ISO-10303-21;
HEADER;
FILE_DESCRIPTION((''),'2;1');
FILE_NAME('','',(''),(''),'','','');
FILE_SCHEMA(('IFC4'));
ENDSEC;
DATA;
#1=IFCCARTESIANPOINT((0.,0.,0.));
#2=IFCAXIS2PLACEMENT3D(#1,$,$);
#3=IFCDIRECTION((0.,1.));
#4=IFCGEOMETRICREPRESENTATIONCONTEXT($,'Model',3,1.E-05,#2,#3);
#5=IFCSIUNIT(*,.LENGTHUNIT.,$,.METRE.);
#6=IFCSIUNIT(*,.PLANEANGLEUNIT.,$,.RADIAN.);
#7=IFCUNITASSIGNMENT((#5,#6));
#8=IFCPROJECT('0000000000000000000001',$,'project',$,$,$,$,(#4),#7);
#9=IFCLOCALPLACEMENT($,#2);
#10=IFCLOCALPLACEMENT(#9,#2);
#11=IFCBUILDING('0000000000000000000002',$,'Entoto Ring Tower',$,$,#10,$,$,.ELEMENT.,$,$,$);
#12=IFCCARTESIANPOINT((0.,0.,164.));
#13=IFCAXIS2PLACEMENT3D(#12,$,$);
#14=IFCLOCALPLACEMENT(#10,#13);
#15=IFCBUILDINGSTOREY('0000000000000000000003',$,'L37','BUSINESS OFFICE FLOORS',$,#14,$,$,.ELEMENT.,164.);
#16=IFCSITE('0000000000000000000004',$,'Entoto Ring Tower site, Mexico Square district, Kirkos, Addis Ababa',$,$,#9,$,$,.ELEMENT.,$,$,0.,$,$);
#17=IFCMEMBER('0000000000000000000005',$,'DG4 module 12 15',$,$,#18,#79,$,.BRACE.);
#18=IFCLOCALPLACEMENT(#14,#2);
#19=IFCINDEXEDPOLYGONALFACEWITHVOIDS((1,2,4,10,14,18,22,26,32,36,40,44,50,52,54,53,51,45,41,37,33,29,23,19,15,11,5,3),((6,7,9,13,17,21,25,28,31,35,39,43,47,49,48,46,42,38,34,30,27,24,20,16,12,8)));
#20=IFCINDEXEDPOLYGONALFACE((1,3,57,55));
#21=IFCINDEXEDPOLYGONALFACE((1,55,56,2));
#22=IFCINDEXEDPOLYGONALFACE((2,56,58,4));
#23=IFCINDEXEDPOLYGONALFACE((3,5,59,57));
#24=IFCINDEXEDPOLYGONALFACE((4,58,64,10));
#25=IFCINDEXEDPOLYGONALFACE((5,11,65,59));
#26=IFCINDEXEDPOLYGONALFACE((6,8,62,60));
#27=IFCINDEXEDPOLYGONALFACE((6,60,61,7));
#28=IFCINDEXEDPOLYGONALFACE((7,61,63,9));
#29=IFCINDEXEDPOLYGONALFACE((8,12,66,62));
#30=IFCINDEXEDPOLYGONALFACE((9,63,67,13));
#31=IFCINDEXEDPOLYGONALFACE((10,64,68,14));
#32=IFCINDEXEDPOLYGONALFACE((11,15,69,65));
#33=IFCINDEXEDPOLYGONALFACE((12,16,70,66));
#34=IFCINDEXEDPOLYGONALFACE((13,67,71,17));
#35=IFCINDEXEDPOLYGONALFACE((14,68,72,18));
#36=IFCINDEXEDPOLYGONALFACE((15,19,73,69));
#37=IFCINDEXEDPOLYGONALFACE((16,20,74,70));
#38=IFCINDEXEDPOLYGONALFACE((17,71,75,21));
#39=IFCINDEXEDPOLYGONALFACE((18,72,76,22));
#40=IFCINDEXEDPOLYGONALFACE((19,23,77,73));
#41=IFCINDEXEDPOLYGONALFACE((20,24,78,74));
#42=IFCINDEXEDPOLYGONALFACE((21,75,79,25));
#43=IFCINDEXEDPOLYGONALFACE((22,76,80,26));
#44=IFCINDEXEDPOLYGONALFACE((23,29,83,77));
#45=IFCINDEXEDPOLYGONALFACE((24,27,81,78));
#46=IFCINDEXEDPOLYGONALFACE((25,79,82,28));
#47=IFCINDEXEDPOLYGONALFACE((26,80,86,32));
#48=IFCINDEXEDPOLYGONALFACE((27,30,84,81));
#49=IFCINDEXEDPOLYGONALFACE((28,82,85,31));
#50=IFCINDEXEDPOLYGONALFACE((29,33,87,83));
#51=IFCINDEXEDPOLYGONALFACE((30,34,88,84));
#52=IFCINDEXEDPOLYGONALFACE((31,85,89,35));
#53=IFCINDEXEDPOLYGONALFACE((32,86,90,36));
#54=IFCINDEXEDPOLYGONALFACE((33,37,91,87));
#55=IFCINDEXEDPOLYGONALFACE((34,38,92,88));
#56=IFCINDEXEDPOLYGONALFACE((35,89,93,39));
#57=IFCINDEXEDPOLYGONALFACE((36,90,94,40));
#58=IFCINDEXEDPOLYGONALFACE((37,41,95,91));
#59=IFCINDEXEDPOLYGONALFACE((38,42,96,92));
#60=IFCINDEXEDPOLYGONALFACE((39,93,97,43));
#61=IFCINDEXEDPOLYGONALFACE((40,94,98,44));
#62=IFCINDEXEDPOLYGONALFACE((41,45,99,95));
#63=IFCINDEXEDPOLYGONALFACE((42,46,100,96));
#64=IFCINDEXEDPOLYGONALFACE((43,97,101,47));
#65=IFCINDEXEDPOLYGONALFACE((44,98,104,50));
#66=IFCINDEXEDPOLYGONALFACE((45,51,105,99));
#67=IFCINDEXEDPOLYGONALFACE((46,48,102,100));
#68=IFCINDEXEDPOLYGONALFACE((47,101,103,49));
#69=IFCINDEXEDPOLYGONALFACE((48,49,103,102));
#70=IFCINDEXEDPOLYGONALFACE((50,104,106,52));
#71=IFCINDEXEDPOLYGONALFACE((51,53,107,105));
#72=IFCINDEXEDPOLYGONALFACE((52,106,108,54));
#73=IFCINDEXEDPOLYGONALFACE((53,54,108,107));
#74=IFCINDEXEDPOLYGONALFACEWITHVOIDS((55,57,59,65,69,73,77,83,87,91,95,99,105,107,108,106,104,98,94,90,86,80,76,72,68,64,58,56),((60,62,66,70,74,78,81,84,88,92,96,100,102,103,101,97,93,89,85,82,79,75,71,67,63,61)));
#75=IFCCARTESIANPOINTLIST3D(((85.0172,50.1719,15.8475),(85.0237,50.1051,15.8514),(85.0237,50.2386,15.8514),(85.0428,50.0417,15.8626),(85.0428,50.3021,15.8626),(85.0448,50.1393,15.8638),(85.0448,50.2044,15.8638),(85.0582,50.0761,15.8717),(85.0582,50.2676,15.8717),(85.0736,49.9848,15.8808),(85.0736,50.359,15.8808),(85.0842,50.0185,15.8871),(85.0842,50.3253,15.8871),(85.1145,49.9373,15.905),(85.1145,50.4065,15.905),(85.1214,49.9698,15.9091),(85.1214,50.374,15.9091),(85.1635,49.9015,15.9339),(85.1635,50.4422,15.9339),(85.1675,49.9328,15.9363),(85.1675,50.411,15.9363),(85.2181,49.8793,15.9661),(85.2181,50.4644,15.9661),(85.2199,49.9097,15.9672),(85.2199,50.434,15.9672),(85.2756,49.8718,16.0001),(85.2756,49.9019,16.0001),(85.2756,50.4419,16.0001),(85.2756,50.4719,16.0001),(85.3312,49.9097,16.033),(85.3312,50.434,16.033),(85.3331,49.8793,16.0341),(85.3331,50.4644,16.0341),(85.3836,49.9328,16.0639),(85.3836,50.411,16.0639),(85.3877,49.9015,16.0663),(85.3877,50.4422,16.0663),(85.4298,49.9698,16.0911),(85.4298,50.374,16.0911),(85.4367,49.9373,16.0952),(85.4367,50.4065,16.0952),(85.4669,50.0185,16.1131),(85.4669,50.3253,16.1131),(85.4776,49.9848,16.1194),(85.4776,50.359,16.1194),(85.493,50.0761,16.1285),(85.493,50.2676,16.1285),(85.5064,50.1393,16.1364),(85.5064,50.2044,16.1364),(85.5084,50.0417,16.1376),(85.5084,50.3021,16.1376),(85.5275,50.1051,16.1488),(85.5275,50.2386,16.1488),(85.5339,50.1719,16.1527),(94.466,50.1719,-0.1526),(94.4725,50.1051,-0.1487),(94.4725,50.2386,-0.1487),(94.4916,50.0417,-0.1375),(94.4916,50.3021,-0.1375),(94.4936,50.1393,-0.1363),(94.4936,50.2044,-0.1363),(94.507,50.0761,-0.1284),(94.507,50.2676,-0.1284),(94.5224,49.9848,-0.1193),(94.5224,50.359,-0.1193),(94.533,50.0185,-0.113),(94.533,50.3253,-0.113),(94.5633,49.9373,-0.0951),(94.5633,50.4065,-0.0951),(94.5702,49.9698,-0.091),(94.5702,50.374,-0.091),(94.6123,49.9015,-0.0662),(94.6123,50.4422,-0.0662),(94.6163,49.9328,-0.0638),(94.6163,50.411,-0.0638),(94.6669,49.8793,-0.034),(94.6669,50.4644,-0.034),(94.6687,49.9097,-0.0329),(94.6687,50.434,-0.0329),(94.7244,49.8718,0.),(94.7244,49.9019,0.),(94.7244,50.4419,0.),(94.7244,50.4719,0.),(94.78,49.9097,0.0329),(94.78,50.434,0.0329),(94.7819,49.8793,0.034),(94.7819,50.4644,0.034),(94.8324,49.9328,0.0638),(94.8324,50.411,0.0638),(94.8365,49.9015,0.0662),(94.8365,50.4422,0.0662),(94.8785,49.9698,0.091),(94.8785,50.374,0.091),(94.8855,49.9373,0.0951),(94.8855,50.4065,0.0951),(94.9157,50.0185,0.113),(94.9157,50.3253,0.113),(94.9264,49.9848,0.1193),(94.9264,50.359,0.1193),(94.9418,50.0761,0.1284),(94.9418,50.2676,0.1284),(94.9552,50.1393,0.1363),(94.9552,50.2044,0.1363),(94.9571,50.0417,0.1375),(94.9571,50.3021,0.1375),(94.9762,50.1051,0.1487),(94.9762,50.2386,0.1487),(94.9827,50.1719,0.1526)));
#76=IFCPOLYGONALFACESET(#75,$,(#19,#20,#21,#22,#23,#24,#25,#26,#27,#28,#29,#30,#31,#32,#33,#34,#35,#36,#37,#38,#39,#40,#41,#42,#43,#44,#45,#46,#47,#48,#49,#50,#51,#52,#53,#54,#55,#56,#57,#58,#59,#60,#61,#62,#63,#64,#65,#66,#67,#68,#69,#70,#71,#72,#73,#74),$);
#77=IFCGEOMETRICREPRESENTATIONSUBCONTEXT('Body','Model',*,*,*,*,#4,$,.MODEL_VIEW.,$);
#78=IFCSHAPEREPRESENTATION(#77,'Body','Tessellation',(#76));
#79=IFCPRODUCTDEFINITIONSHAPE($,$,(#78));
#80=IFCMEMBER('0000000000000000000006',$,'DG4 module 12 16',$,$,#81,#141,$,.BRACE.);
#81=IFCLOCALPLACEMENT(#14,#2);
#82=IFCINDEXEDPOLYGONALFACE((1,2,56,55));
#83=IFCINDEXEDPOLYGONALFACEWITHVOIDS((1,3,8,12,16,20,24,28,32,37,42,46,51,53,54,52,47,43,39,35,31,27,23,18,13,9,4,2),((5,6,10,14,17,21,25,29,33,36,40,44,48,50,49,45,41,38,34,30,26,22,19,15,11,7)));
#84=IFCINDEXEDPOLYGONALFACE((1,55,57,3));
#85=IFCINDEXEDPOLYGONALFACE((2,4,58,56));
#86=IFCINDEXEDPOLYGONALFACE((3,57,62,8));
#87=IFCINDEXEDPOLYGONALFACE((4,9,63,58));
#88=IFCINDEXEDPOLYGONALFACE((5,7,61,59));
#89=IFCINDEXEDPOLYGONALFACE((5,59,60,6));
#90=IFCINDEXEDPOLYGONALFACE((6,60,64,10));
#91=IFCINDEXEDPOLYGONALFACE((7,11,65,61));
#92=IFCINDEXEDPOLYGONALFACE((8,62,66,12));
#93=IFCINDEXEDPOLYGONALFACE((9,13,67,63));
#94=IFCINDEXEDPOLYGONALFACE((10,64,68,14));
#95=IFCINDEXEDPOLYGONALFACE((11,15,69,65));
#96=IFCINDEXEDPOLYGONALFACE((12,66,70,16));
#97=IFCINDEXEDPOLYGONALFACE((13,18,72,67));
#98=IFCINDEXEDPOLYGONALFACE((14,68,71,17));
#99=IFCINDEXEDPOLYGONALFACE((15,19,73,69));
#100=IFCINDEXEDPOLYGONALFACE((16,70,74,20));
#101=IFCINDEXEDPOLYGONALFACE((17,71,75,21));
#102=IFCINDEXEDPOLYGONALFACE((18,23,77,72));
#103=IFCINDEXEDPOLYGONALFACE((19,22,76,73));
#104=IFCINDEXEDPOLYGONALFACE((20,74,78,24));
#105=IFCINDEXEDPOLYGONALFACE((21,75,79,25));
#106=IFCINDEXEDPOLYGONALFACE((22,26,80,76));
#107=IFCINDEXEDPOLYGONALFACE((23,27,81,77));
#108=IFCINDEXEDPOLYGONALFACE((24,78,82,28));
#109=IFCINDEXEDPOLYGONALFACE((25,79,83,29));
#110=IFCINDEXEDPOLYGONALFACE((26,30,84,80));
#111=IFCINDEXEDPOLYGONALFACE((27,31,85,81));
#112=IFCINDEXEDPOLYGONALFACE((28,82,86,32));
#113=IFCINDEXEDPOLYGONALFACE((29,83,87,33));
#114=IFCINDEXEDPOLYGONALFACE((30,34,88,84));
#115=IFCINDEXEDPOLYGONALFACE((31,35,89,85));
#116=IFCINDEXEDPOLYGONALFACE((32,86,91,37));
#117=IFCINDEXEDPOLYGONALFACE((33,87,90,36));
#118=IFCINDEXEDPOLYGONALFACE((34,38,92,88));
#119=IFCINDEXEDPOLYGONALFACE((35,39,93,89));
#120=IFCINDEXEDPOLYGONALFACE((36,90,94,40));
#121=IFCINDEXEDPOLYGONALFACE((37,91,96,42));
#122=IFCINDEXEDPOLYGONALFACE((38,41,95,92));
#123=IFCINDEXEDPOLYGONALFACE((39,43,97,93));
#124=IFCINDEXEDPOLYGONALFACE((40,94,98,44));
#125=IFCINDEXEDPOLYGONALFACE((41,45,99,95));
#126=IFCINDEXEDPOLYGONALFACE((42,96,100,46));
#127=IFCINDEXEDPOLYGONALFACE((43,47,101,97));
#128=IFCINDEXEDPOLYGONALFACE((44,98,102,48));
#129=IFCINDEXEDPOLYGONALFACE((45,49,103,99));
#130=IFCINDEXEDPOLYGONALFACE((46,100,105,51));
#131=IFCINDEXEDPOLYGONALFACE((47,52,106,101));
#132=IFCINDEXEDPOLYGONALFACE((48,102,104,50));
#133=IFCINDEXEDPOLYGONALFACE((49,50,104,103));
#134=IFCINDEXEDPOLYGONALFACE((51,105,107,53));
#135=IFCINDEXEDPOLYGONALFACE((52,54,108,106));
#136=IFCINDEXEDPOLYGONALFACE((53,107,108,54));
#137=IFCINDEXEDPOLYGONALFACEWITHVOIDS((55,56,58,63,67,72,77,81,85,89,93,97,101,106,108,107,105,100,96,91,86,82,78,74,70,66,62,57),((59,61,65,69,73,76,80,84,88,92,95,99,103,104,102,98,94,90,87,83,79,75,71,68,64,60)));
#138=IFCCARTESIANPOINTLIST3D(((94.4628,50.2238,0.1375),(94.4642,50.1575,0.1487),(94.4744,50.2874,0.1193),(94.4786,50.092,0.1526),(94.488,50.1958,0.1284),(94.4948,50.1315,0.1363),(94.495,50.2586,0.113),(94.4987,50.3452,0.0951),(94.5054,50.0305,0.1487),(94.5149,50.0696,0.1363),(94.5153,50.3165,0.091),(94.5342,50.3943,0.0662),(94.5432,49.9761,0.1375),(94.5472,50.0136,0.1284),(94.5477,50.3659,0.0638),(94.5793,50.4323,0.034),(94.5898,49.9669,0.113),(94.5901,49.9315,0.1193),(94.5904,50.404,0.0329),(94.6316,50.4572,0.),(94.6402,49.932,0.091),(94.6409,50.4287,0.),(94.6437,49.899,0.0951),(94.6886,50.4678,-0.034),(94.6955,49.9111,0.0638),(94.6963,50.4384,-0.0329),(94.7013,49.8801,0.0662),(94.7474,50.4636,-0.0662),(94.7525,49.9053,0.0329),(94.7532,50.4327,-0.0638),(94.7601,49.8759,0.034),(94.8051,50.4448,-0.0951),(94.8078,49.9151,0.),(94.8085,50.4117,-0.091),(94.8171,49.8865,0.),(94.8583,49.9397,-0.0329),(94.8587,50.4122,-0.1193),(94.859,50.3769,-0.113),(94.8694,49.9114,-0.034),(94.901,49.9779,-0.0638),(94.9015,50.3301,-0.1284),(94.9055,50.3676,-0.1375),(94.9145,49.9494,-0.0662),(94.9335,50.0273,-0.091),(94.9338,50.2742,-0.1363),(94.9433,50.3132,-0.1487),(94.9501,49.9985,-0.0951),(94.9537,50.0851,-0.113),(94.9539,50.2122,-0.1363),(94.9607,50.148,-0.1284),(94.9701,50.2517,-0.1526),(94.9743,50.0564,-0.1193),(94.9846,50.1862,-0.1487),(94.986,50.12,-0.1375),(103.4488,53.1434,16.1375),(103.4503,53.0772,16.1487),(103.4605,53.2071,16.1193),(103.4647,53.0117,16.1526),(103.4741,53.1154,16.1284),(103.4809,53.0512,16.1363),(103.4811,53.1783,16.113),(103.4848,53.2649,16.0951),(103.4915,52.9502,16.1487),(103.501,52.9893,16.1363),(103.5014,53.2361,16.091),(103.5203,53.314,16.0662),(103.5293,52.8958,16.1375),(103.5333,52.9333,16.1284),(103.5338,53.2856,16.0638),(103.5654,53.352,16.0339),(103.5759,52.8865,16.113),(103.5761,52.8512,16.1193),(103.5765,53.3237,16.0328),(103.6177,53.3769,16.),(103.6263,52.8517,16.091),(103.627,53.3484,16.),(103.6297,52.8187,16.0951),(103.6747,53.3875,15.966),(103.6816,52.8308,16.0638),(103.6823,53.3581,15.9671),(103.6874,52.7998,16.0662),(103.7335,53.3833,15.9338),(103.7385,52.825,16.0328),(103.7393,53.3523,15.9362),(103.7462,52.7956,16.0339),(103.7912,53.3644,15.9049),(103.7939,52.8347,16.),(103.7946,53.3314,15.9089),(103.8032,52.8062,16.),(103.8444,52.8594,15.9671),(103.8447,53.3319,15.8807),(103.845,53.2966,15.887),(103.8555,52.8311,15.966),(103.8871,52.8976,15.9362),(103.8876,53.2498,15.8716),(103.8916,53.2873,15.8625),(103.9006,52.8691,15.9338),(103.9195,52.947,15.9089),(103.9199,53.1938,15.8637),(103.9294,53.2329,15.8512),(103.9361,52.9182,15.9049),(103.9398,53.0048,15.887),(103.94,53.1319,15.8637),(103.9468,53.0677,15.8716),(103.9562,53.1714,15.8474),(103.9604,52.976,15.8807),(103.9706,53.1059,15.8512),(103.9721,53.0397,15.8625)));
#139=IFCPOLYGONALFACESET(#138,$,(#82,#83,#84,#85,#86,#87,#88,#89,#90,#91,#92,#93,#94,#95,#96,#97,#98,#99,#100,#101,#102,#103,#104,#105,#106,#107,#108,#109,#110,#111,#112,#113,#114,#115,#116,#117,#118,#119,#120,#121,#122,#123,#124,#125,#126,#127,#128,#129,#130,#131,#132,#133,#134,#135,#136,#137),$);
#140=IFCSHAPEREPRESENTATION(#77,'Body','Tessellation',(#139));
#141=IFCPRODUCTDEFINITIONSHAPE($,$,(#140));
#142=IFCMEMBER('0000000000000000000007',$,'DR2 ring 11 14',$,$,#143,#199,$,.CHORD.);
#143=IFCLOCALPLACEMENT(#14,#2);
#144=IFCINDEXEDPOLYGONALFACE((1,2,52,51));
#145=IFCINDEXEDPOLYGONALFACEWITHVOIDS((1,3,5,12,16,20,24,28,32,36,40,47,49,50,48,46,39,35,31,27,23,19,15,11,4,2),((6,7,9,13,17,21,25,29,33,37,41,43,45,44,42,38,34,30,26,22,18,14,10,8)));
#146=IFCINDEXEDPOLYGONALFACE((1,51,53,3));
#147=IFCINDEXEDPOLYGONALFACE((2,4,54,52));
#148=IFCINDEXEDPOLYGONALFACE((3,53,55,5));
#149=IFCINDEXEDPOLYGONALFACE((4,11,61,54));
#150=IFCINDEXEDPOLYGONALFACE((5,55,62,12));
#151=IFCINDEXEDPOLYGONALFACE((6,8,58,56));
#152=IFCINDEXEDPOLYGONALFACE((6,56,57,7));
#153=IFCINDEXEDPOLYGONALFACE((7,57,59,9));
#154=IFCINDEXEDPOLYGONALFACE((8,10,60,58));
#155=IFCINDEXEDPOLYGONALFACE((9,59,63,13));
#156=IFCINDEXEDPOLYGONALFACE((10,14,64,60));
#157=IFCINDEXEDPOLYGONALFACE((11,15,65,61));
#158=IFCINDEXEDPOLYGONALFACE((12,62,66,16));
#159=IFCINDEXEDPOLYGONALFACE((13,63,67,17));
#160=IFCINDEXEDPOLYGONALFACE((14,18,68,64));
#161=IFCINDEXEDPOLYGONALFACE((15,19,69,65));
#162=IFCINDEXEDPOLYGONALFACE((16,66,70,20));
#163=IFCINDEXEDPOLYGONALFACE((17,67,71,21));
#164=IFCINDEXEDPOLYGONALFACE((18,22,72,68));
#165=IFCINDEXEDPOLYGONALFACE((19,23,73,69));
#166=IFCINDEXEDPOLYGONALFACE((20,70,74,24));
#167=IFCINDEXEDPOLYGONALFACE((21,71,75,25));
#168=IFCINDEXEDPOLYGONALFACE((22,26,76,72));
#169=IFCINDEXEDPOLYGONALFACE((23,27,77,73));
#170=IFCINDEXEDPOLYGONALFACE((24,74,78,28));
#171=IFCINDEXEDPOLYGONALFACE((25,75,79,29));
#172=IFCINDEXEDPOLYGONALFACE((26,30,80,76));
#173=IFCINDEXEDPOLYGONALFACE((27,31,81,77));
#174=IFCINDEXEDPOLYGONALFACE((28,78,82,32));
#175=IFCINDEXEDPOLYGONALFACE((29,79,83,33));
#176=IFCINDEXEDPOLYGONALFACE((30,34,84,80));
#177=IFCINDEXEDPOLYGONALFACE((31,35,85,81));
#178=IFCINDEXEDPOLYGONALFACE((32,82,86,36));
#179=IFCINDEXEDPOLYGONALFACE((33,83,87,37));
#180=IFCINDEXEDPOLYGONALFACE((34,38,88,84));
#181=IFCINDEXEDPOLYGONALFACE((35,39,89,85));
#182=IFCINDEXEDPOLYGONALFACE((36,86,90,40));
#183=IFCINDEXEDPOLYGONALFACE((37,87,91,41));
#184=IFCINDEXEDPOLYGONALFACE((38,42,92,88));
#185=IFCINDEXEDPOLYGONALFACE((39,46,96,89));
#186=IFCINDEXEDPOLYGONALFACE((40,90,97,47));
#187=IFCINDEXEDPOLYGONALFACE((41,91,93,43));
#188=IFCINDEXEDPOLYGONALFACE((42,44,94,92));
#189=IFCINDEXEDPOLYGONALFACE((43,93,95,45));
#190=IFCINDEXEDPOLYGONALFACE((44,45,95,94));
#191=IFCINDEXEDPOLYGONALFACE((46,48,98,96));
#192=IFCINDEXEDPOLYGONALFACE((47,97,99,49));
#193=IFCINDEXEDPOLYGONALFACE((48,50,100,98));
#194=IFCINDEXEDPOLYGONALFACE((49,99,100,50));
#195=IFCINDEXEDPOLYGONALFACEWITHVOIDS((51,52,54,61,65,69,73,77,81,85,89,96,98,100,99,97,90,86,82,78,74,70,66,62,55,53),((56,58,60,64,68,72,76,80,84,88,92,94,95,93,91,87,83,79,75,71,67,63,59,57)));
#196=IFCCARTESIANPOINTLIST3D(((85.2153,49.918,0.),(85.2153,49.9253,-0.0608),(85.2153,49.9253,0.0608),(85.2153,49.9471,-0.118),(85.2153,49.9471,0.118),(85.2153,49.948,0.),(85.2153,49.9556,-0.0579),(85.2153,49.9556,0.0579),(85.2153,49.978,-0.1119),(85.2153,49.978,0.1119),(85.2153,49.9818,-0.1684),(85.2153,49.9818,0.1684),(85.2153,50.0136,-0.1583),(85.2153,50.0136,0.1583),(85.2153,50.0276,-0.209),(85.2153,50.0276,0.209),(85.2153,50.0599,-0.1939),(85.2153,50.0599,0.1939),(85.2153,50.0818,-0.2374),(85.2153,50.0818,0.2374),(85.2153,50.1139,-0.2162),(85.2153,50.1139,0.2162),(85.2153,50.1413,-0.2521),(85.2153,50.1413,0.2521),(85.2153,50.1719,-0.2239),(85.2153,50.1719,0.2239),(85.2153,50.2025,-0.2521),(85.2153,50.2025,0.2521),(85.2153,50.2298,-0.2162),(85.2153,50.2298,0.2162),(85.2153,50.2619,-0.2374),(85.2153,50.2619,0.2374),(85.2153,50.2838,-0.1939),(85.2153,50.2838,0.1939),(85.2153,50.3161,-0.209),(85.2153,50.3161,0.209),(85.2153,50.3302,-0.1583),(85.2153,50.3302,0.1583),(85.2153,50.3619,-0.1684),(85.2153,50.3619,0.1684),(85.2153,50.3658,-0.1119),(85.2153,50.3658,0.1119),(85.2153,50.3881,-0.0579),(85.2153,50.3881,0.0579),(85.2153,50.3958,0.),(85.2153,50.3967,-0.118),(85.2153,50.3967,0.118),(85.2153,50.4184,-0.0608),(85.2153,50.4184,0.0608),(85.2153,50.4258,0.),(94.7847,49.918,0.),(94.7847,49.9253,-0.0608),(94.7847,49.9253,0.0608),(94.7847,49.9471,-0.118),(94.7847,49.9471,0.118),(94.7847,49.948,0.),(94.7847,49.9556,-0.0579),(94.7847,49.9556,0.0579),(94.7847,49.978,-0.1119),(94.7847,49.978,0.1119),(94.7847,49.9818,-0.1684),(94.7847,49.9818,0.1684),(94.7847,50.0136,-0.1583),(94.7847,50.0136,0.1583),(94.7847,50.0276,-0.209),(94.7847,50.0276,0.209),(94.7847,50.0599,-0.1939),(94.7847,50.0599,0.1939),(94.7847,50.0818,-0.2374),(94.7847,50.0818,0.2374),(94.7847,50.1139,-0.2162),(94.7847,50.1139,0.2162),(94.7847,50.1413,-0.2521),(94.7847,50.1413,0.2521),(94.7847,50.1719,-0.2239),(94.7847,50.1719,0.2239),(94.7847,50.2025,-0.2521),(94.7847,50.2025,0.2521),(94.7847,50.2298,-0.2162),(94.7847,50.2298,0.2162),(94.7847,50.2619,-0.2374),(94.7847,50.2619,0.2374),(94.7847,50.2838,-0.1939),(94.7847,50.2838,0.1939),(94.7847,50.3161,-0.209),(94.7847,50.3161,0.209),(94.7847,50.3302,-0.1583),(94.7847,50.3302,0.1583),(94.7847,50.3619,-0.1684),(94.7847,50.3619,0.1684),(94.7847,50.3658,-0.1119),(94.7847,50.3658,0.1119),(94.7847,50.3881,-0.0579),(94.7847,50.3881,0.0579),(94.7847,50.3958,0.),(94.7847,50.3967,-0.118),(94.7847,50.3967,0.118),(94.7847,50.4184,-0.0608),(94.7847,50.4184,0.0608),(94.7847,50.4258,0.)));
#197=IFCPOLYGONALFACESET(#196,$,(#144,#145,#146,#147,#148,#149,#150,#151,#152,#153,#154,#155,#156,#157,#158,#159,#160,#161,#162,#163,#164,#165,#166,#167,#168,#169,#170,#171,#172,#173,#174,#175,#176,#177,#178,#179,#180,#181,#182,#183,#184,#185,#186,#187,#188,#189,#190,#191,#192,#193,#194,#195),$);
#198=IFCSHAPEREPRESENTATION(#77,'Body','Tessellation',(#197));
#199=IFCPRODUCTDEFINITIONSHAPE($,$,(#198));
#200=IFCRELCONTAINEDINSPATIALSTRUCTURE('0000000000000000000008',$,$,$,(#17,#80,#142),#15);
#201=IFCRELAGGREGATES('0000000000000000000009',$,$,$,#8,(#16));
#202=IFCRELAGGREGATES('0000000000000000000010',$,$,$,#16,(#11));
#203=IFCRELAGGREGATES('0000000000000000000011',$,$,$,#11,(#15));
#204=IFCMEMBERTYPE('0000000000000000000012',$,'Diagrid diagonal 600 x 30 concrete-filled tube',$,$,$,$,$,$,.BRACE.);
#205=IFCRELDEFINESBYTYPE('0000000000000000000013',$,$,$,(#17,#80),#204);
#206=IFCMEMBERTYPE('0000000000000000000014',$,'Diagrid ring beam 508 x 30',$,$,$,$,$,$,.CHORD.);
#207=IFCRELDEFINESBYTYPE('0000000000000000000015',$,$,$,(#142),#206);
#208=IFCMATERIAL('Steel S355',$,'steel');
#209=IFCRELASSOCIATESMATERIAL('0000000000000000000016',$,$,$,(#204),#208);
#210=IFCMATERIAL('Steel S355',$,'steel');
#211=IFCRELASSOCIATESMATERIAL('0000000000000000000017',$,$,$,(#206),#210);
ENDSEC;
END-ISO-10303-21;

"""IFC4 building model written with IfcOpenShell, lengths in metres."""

from ifc_helpers import new_model, si_unit, direction, frame, origin, origin_2d, place, context, subcontext, project, spatial, circle, hollow_circle, extrude, material, material_profile, profile_set, type_object, element, save


model = new_model("IFC4")

# Units and contexts
model_context = context("Model", 3, precision=1e-05, world=origin(), true_north=direction((0.0, 1.0)))
body_context = subcontext(model_context, "Body", "Model", "MODEL_VIEW")
ifc_project = project(units=[si_unit("LENGTHUNIT", "METRE"), si_unit("PLANEANGLEUNIT", "RADIAN")], contexts=[model_context])

# Site, building, storey
site_placement = place(None, origin())
site = spatial("IfcSite", under=ifc_project, at=site_placement, Name="Entoto Ring Tower site, Mexico Square district, Kirkos, Addis Ababa", CompositionType="ELEMENT", RefElevation=0.0)
building_placement = place(site_placement, origin())
building = spatial("IfcBuilding", under=site, at=building_placement, Name="Entoto Ring Tower", CompositionType="ELEMENT")
storey_placement = place(building_placement, frame((0.0, 0.0, 164.0)))
storey = spatial("IfcBuildingStorey", under=building, at=storey_placement, Name="L37", Description="BUSINESS OFFICE FLOORS", CompositionType="ELEMENT", Elevation=164.0)

# Members
ifc_material_1 = material(Name="Steel S355", Category="steel")
ifc_material_profile_1 = material_profile(ifc_material_1, hollow_circle(Radius=0.3, WallThickness=0.03, at=origin_2d()), Name="CHS 600 x 30")
ifc_material_2 = material(Name="Concrete C60/75", Category="concrete")
ifc_material_profile_2 = material_profile(ifc_material_2, circle(Radius=0.27, at=origin_2d()), Name="Concrete C60/75 infill")
ifc_profile_set_1 = profile_set([ifc_material_profile_1, ifc_material_profile_2], Name="Steel S355")
member_type_1 = type_object("IfcMemberType", Name="Diagrid diagonal 600 x 30 concrete-filled tube", PredefinedType="BRACE", material=ifc_profile_set_1)
member_1_placement = place(storey_placement, frame((94.7244, 50.1719, 0.0), z_axis=(-0.508497, 0.0, 0.861064), x_axis=(0.0, -1.0, 0.0)))
element("IfcMember", 1, at=member_1_placement, inside=storey, type_object=member_type_1, Name="DG4 module 12 15", PredefinedType="BRACE", context=body_context, shape_type="SweptSolid", body=[
    extrude(hollow_circle(Radius=0.3, WallThickness=0.03, at=origin_2d()), origin(), (0.0, 0.0, 1.0), 18.5818),
])
member_2_placement = place(storey_placement, frame((94.7244, 50.1719, 0.0), z_axis=(0.483602, 0.157128, 0.861069), x_axis=(-0.30901, 0.951059, 0.0)))
element("IfcMember", 2, at=member_2_placement, inside=storey, type_object=member_type_1, Name="DG4 module 12 16", PredefinedType="BRACE", context=body_context, shape_type="SweptSolid", body=[
    extrude(hollow_circle(Radius=0.3, WallThickness=0.03, at=origin_2d()), origin(), (0.0, 0.0, 1.0), 18.5815),
])
ifc_material_3 = material(Name="Steel S355", Category="steel")
ifc_material_profile_3 = material_profile(ifc_material_3, hollow_circle(Radius=0.2539, WallThickness=0.03, at=origin_2d()), Name="CHS 508 x 30")
ifc_material_4 = material(Name="Concrete C60/75", Category="concrete")
ifc_material_profile_4 = material_profile(ifc_material_4, circle(Radius=0.2241, at=origin_2d()), Name="Concrete C60/75 infill")
ifc_profile_set_2 = profile_set([ifc_material_profile_3, ifc_material_profile_4], Name="Steel S355")
member_type_2 = type_object("IfcMemberType", Name="Diagrid ring beam 508 x 30", PredefinedType="CHORD", material=ifc_profile_set_2)
member_3_placement = place(storey_placement, frame((85.2153, 50.1719, 0.0), z_axis=(1.0, 0.0, 0.0), x_axis=(0.0, 1.0, 0.0)))
element("IfcMember", 3, at=member_3_placement, inside=storey, type_object=member_type_2, Name="DR2 ring 11 14", PredefinedType="CHORD", context=body_context, shape_type="SweptSolid", body=[
    extrude(hollow_circle(Radius=0.2539, WallThickness=0.03, at=origin_2d()), origin(), (0.0, 0.0, 1.0), 9.5693),
])

save(model, "model.ifc")
